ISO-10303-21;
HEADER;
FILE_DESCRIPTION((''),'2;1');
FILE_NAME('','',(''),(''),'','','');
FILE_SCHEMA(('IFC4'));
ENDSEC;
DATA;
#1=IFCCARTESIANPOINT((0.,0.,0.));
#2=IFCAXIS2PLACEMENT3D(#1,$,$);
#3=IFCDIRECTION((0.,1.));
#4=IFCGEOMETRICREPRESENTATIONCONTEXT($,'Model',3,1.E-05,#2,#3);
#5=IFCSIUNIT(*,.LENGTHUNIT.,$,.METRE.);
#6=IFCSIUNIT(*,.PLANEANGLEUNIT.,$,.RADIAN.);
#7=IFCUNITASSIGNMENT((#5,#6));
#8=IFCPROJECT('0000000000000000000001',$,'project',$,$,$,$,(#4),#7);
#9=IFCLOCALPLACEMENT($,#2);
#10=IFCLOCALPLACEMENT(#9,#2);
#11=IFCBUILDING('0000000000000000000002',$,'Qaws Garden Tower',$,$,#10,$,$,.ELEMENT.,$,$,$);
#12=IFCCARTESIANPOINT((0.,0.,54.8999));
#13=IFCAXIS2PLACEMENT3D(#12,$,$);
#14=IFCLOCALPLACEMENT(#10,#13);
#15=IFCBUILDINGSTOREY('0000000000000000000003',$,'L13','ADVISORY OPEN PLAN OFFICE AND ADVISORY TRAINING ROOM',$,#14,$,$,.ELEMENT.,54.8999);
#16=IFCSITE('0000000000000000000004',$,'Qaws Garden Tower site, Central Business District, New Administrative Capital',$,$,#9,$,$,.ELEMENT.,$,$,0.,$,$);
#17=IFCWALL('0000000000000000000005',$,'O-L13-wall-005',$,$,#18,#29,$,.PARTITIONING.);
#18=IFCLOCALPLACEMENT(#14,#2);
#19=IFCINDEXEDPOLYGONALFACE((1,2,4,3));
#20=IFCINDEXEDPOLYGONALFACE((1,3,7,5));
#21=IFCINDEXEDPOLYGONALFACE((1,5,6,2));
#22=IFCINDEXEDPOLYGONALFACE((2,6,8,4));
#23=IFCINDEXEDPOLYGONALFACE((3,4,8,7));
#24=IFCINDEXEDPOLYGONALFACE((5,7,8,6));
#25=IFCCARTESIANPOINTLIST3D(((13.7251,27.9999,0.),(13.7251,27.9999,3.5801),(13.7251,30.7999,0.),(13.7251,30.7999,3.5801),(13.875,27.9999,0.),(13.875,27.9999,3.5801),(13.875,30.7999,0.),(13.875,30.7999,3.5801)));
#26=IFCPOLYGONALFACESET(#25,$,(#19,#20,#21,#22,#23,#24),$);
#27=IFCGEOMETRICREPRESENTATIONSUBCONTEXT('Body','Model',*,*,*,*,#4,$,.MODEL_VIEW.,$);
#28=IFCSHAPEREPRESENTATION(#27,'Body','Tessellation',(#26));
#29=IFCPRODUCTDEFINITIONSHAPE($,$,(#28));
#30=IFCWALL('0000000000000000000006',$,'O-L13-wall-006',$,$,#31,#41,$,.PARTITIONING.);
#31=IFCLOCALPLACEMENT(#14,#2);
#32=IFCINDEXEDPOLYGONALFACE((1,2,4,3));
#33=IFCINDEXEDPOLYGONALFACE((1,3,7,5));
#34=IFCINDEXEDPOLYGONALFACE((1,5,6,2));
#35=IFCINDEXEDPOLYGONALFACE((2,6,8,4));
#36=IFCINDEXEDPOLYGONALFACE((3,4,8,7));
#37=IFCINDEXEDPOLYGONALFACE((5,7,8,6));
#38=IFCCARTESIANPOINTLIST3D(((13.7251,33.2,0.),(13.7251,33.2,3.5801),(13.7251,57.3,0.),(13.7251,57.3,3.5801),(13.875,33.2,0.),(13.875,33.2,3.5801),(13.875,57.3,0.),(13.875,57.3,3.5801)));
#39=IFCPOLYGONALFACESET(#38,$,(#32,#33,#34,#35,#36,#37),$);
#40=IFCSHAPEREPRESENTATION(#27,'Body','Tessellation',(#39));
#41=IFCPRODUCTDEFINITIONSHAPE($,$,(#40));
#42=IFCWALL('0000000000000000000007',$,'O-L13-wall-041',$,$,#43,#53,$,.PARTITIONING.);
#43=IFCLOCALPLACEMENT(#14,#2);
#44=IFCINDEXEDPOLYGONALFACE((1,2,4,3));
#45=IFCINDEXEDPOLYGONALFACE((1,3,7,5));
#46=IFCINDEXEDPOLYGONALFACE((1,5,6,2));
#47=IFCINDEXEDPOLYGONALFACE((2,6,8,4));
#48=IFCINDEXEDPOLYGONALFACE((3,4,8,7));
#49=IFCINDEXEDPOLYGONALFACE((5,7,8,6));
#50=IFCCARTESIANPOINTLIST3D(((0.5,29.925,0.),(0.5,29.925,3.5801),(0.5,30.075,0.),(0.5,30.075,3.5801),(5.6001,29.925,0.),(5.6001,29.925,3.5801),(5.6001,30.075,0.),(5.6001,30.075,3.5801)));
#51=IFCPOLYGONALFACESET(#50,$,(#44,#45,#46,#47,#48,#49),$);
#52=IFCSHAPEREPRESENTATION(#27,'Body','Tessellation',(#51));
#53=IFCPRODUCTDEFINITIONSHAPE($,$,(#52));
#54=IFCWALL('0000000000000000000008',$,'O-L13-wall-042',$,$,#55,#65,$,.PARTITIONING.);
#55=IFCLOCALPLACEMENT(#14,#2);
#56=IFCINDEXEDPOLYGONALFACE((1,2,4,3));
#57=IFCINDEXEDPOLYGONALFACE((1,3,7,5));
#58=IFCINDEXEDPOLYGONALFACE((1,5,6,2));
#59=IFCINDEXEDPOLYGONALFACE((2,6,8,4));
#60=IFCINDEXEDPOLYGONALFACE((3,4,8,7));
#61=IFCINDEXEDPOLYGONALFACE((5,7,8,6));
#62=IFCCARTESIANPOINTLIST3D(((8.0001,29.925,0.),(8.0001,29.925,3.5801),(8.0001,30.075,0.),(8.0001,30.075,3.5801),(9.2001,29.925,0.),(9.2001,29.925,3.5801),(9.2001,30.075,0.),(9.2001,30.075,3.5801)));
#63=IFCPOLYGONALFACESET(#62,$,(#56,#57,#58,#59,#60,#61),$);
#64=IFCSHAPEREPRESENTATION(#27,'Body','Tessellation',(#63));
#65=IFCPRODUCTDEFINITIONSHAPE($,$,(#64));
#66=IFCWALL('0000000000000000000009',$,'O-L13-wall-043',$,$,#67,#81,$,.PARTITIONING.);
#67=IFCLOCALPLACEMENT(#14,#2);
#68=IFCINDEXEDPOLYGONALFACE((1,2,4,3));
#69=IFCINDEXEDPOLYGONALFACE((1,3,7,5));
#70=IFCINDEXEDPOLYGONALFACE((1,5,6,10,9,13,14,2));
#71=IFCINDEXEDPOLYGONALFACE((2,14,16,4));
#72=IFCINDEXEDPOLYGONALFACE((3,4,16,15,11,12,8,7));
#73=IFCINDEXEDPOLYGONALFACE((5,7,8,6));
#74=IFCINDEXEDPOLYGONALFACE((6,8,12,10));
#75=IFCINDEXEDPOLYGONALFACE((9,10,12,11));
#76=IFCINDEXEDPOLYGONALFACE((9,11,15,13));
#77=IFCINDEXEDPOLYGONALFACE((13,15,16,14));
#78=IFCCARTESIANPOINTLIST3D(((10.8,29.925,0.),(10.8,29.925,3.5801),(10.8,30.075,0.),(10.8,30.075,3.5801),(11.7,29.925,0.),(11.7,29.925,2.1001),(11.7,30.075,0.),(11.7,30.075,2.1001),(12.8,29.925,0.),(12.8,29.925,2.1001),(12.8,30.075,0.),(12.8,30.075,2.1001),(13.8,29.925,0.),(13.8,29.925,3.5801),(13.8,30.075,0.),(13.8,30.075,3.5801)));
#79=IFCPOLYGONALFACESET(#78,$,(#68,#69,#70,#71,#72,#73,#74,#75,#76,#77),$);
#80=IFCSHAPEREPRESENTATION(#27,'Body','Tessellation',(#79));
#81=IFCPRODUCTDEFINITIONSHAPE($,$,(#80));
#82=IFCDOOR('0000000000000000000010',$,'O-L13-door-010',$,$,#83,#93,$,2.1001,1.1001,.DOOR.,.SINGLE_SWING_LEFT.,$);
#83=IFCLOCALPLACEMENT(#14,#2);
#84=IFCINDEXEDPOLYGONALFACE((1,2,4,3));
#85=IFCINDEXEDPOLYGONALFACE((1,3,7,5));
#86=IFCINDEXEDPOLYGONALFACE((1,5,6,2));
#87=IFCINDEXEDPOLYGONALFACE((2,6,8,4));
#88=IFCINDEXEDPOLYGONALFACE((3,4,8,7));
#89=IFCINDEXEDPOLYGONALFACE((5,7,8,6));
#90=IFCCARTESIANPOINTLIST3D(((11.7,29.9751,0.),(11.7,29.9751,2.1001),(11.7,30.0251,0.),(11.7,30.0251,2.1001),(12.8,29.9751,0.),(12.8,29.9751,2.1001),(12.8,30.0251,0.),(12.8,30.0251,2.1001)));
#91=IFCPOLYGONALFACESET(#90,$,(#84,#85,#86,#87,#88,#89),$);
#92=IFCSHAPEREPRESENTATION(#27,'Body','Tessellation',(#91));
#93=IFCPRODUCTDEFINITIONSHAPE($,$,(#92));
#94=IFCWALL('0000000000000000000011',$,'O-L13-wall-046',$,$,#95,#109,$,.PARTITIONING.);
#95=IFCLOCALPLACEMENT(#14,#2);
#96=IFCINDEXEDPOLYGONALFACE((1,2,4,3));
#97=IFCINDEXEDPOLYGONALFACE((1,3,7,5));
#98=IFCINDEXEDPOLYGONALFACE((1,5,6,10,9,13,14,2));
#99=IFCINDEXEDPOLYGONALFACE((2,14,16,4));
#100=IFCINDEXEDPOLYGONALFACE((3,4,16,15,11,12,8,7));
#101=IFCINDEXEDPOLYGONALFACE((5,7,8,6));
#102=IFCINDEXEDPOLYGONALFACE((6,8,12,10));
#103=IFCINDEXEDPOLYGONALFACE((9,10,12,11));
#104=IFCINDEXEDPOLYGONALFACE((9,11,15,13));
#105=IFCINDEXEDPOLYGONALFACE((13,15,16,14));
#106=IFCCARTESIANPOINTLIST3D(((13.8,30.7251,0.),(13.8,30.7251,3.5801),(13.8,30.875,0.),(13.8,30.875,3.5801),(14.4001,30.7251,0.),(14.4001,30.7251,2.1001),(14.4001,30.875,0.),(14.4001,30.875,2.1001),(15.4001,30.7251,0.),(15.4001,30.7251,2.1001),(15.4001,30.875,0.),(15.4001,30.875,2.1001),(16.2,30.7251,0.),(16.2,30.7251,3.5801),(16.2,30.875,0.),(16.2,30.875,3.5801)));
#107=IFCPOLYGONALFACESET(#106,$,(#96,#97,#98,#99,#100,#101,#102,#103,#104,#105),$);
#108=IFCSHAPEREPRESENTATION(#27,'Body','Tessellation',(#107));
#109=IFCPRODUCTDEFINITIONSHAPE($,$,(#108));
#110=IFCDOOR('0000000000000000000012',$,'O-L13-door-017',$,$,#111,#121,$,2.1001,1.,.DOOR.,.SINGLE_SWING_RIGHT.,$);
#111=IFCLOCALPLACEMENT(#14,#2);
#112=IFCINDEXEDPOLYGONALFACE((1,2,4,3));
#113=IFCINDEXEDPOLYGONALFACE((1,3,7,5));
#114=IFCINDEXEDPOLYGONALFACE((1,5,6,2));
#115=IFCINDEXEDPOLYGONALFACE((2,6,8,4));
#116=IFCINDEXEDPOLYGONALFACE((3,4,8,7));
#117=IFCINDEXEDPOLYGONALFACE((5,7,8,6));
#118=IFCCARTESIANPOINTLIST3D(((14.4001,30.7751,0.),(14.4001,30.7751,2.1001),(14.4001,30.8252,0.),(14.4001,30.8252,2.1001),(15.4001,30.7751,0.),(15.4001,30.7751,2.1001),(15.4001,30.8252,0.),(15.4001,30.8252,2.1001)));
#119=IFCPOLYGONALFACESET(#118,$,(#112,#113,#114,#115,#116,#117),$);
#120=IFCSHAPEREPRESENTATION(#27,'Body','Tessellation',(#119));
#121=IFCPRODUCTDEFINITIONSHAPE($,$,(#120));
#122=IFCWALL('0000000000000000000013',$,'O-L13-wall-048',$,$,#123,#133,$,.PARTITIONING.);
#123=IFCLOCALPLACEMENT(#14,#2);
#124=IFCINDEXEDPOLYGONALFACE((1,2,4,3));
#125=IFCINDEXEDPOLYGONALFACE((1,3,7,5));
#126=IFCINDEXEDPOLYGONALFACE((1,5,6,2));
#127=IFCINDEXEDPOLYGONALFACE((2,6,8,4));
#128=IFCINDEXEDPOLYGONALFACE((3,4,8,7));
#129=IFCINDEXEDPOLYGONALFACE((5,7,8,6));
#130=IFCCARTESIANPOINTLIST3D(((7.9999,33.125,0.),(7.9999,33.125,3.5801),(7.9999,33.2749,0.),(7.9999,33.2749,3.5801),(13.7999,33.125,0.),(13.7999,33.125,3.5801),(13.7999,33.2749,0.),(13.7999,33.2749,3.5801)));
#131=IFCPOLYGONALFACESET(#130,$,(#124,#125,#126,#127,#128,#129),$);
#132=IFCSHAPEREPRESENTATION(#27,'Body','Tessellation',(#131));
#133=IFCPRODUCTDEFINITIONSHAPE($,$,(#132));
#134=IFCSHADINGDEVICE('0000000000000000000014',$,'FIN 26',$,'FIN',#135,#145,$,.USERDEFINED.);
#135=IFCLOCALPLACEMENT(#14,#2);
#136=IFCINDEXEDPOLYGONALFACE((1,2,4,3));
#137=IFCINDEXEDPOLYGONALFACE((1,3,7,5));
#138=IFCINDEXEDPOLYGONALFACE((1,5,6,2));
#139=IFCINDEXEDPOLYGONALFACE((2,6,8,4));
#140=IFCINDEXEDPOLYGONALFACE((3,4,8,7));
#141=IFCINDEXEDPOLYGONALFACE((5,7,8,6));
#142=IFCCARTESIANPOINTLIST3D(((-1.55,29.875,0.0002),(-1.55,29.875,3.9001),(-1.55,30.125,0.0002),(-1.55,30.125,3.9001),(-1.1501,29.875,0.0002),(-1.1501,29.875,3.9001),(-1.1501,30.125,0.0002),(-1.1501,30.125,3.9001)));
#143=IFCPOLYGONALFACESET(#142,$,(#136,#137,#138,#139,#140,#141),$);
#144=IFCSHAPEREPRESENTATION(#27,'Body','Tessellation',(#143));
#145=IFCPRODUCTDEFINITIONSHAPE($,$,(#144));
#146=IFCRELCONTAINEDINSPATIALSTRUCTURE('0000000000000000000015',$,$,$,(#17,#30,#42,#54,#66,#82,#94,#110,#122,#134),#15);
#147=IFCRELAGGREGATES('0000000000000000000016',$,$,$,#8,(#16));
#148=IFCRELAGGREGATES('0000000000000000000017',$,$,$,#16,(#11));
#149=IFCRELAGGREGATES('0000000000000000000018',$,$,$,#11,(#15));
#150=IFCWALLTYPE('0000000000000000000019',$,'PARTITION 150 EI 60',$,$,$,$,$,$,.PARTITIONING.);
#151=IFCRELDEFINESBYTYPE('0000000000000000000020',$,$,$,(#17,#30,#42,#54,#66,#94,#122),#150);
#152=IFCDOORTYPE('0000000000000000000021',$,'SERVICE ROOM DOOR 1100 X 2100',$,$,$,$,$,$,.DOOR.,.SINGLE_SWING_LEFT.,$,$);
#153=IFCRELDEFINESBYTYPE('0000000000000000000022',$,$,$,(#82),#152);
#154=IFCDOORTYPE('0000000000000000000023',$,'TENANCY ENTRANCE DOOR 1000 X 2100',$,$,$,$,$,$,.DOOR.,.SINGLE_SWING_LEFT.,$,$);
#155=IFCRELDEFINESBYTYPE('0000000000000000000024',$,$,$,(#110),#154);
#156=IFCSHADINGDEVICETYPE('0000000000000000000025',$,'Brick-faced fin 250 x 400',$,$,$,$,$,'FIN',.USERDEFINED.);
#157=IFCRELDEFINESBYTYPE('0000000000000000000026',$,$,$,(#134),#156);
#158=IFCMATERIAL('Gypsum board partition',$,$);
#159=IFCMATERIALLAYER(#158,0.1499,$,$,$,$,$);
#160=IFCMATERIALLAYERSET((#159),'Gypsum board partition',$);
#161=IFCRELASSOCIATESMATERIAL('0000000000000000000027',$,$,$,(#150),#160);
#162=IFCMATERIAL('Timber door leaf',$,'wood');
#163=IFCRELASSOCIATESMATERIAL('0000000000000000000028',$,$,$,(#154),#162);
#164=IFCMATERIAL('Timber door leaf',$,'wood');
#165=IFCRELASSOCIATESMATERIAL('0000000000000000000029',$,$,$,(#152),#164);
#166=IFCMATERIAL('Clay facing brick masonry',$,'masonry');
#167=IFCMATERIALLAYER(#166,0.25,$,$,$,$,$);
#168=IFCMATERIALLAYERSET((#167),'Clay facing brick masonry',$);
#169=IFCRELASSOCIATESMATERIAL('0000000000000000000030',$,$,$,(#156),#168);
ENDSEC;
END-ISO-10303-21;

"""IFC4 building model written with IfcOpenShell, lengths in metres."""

from ifc_helpers import new_model, si_unit, direction, frame, frame_2d, origin, origin_2d, place, context, subcontext, project, spatial, rectangle, extrude, material, layer, layer_set, type_object, element, fill, save


model = new_model("IFC4")

# Units and contexts
model_context = context("Model", 3, precision=1e-05, world=origin(), true_north=direction((0.0, 1.0)))
body_context = subcontext(model_context, "Body", "Model", "MODEL_VIEW")
ifc_project = project(units=[si_unit("LENGTHUNIT", "METRE"), si_unit("PLANEANGLEUNIT", "RADIAN")], contexts=[model_context])

# Site, building, storey
site_placement = place(None, origin())
site = spatial("IfcSite", under=ifc_project, at=site_placement, Name="Qaws Garden Tower site, Central Business District, New Administrative Capital", CompositionType="ELEMENT", RefElevation=0.0)
building_placement = place(site_placement, origin())
building = spatial("IfcBuilding", under=site, at=building_placement, Name="Qaws Garden Tower", CompositionType="ELEMENT")
storey_placement = place(building_placement, frame((0.0, 0.0, 54.8999)))
storey = spatial("IfcBuildingStorey", under=building, at=storey_placement, Name="L13", Description="ADVISORY OPEN PLAN OFFICE AND ADVISORY TRAINING ROOM", CompositionType="ELEMENT", Elevation=54.8999)

# Shared definitions
ifc_material_1 = material(Name="Gypsum board partition")
ifc_layer_1 = layer(ifc_material_1, 0.1499)
ifc_layer_set_1 = layer_set([ifc_layer_1], Name="Gypsum board partition")
wall_type_1 = type_object("IfcWallType", Name="PARTITION 150 EI 60", PredefinedType="PARTITIONING", material=ifc_layer_set_1)

# Shared definitions
ifc_material_2 = material(Name="Timber door leaf", Category="wood")
door_type_1 = type_object("IfcDoorType", Name="TENANCY ENTRANCE DOOR 1000 X 2100", OperationType="SINGLE_SWING_LEFT", PredefinedType="DOOR", material=ifc_material_2)

# Walls
wall_1_placement = place(storey_placement, frame((13.8, 28.0, 0.0), z_axis=(0.0, 0.0, 1.0), x_axis=(0.0, 1.0, 0.0)))
element("IfcWall", 1, at=wall_1_placement, inside=storey, type_object=wall_type_1, Name="O-L13-wall-005", PredefinedType="PARTITIONING", context=body_context, shape_type="SweptSolid", body=[
    extrude(rectangle(XDim=2.8, YDim=0.1499, at=frame_2d((1.3999, 0.0))), origin(), (0.0, 0.0, 1.0), 3.5801),
])
wall_2_placement = place(storey_placement, frame((13.8, 33.2, 0.0), z_axis=(0.0, 0.0, 1.0), x_axis=(0.0, 1.0, 0.0)))
element("IfcWall", 2, at=wall_2_placement, inside=storey, type_object=wall_type_1, Name="O-L13-wall-006", PredefinedType="PARTITIONING", context=body_context, shape_type="SweptSolid", body=[
    extrude(rectangle(XDim=24.1001, YDim=0.1499, at=frame_2d((12.05, 0.0))), origin(), (0.0, 0.0, 1.0), 3.5801),
])
wall_3_placement = place(storey_placement, frame((0.5, 30.0, 0.0), z_axis=(0.0, 0.0, 1.0), x_axis=(1.0, 0.0, 0.0)))
element("IfcWall", 3, at=wall_3_placement, inside=storey, type_object=wall_type_1, Name="O-L13-wall-041", PredefinedType="PARTITIONING", context=body_context, shape_type="SweptSolid", body=[
    extrude(rectangle(XDim=5.1001, YDim=0.1499, at=frame_2d((2.55, 0.0))), origin(), (0.0, 0.0, 1.0), 3.5801),
])
wall_4_placement = place(storey_placement, frame((8.0, 30.0, 0.0), z_axis=(0.0, 0.0, 1.0), x_axis=(1.0, 0.0, 0.0)))
element("IfcWall", 4, at=wall_4_placement, inside=storey, type_object=wall_type_1, Name="O-L13-wall-042", PredefinedType="PARTITIONING", context=body_context, shape_type="SweptSolid", body=[
    extrude(rectangle(XDim=1.2, YDim=0.1499, at=frame_2d((0.6001, 0.0))), origin(), (0.0, 0.0, 1.0), 3.5801),
])

# Walls, openings, doors
wall_5_placement = place(storey_placement, frame((10.8, 30.0, 0.0), z_axis=(0.0, 0.0, 1.0), x_axis=(1.0, 0.0, 0.0)))
wall_5 = element("IfcWall", 5, at=wall_5_placement, inside=storey, type_object=wall_type_1, Name="O-L13-wall-043", PredefinedType="PARTITIONING", context=body_context, shape_type="SweptSolid", body=[
    extrude(rectangle(XDim=3.0, YDim=0.1499, at=frame_2d((1.5, 0.0))), origin(), (0.0, 0.0, 1.0), 3.5801),
])
opening_1_placement = place(wall_5_placement, frame((0.8999, 0.0, 0.0)))
opening_1 = element("IfcOpeningElement", 6, at=opening_1_placement, cuts=wall_5, PredefinedType="OPENING", context=body_context, shape_type="SweptSolid", body=[
    extrude(rectangle(XDim=1.1001, YDim=2.1001, at=frame_2d((0.55, 1.05))), frame((0.0, 0.085, 0.0), z_axis=(0.0, -1.0, 0.0), x_axis=(1.0, 0.0, 0.0)), (0.0, 0.0, 1.0), 0.1699),
])
ifc_material_3 = material(Name="Timber door leaf", Category="wood")
door_type_2 = type_object("IfcDoorType", Name="SERVICE ROOM DOOR 1100 X 2100", OperationType="SINGLE_SWING_LEFT", PredefinedType="DOOR", material=ifc_material_3)
door_1_placement = place(opening_1_placement, frame((1.1001, 0.0, 0.0), z_axis=(0.0, 0.0, 1.0), x_axis=(-1.0, 0.0, 0.0)))
door_1 = element("IfcDoor", 7, at=door_1_placement, inside=storey, type_object=door_type_2, Name="O-L13-door-010", OperationType="SINGLE_SWING_LEFT", OverallHeight=2.1001, OverallWidth=1.1001, PredefinedType="DOOR", context=body_context, shape_type="SweptSolid", body=[
    extrude(rectangle(XDim=1.1001, YDim=2.1001, at=frame_2d((0.55, 1.05))), frame((0.0, 0.0249, 0.0), z_axis=(0.0, -1.0, 0.0), x_axis=(1.0, 0.0, 0.0)), (0.0, 0.0, 1.0), 0.05),
])
fill(opening_1, door_1)
wall_6_placement = place(storey_placement, frame((13.8, 30.8, 0.0), z_axis=(0.0, 0.0, 1.0), x_axis=(1.0, 0.0, 0.0)))
wall_6 = element("IfcWall", 8, at=wall_6_placement, inside=storey, type_object=wall_type_1, Name="O-L13-wall-046", PredefinedType="PARTITIONING", context=body_context, shape_type="SweptSolid", body=[
    extrude(rectangle(XDim=2.3999, YDim=0.1499, at=frame_2d((1.2, 0.0))), origin(), (0.0, 0.0, 1.0), 3.5801),
])
opening_2_placement = place(wall_6_placement, frame((0.6001, 0.0, 0.0)))
opening_2 = element("IfcOpeningElement", 9, at=opening_2_placement, cuts=wall_6, PredefinedType="OPENING", context=body_context, shape_type="SweptSolid", body=[
    extrude(rectangle(XDim=1.0, YDim=2.1001, at=frame_2d((0.5, 1.05))), frame((0.0, 0.085, 0.0), z_axis=(0.0, -1.0, 0.0), x_axis=(1.0, 0.0, 0.0)), (0.0, 0.0, 1.0), 0.1699),
])
door_2_placement = place(opening_2_placement, frame((1.0, 0.0, 0.0), z_axis=(0.0, 0.0, 1.0), x_axis=(-1.0, 0.0, 0.0)))
door_2 = element("IfcDoor", 10, at=door_2_placement, inside=storey, type_object=door_type_1, Name="O-L13-door-017", OperationType="SINGLE_SWING_RIGHT", OverallHeight=2.1001, OverallWidth=1.0, PredefinedType="DOOR", context=body_context, shape_type="SweptSolid", body=[
    extrude(rectangle(XDim=1.0, YDim=2.1001, at=frame_2d((0.5, 1.05))), frame((0.0, 0.0249, 0.0), z_axis=(0.0, -1.0, 0.0), x_axis=(1.0, 0.0, 0.0)), (0.0, 0.0, 1.0), 0.05),
])
fill(opening_2, door_2)

# Wall
wall_7_placement = place(storey_placement, frame((8.0, 33.2, 0.0), z_axis=(0.0, 0.0, 1.0), x_axis=(1.0, 0.0, 0.0)))
element("IfcWall", 11, at=wall_7_placement, inside=storey, type_object=wall_type_1, Name="O-L13-wall-048", PredefinedType="PARTITIONING", context=body_context, shape_type="SweptSolid", body=[
    extrude(rectangle(XDim=5.8, YDim=0.1499, at=frame_2d((2.8999, 0.0))), origin(), (0.0, 0.0, 1.0), 3.5801),
])

# Shading device
ifc_material_4 = material(Name="Clay facing brick masonry", Category="masonry")
ifc_layer_2 = layer(ifc_material_4, 0.25)
ifc_layer_set_2 = layer_set([ifc_layer_2], Name="Clay facing brick masonry")
shading_device_type = type_object("IfcShadingDeviceType", Name="Brick-faced fin 250 x 400", ElementType="FIN", PredefinedType="USERDEFINED", material=ifc_layer_set_2)
shading_device_placement = place(storey_placement, frame((-1.3501, 30.0, 0.0002), z_axis=(0.0, 0.0, 1.0), x_axis=(0.0, -1.0, 0.0)))
element("IfcShadingDevice", 12, at=shading_device_placement, inside=storey, type_object=shading_device_type, Name="FIN 26", ObjectType="FIN", PredefinedType="USERDEFINED", context=body_context, shape_type="SweptSolid", body=[
    extrude(rectangle(XDim=0.25, YDim=0.3999, at=origin_2d()), origin(), (0.0, 0.0, 1.0), 3.8999),
])

save(model, "model.ifc")
